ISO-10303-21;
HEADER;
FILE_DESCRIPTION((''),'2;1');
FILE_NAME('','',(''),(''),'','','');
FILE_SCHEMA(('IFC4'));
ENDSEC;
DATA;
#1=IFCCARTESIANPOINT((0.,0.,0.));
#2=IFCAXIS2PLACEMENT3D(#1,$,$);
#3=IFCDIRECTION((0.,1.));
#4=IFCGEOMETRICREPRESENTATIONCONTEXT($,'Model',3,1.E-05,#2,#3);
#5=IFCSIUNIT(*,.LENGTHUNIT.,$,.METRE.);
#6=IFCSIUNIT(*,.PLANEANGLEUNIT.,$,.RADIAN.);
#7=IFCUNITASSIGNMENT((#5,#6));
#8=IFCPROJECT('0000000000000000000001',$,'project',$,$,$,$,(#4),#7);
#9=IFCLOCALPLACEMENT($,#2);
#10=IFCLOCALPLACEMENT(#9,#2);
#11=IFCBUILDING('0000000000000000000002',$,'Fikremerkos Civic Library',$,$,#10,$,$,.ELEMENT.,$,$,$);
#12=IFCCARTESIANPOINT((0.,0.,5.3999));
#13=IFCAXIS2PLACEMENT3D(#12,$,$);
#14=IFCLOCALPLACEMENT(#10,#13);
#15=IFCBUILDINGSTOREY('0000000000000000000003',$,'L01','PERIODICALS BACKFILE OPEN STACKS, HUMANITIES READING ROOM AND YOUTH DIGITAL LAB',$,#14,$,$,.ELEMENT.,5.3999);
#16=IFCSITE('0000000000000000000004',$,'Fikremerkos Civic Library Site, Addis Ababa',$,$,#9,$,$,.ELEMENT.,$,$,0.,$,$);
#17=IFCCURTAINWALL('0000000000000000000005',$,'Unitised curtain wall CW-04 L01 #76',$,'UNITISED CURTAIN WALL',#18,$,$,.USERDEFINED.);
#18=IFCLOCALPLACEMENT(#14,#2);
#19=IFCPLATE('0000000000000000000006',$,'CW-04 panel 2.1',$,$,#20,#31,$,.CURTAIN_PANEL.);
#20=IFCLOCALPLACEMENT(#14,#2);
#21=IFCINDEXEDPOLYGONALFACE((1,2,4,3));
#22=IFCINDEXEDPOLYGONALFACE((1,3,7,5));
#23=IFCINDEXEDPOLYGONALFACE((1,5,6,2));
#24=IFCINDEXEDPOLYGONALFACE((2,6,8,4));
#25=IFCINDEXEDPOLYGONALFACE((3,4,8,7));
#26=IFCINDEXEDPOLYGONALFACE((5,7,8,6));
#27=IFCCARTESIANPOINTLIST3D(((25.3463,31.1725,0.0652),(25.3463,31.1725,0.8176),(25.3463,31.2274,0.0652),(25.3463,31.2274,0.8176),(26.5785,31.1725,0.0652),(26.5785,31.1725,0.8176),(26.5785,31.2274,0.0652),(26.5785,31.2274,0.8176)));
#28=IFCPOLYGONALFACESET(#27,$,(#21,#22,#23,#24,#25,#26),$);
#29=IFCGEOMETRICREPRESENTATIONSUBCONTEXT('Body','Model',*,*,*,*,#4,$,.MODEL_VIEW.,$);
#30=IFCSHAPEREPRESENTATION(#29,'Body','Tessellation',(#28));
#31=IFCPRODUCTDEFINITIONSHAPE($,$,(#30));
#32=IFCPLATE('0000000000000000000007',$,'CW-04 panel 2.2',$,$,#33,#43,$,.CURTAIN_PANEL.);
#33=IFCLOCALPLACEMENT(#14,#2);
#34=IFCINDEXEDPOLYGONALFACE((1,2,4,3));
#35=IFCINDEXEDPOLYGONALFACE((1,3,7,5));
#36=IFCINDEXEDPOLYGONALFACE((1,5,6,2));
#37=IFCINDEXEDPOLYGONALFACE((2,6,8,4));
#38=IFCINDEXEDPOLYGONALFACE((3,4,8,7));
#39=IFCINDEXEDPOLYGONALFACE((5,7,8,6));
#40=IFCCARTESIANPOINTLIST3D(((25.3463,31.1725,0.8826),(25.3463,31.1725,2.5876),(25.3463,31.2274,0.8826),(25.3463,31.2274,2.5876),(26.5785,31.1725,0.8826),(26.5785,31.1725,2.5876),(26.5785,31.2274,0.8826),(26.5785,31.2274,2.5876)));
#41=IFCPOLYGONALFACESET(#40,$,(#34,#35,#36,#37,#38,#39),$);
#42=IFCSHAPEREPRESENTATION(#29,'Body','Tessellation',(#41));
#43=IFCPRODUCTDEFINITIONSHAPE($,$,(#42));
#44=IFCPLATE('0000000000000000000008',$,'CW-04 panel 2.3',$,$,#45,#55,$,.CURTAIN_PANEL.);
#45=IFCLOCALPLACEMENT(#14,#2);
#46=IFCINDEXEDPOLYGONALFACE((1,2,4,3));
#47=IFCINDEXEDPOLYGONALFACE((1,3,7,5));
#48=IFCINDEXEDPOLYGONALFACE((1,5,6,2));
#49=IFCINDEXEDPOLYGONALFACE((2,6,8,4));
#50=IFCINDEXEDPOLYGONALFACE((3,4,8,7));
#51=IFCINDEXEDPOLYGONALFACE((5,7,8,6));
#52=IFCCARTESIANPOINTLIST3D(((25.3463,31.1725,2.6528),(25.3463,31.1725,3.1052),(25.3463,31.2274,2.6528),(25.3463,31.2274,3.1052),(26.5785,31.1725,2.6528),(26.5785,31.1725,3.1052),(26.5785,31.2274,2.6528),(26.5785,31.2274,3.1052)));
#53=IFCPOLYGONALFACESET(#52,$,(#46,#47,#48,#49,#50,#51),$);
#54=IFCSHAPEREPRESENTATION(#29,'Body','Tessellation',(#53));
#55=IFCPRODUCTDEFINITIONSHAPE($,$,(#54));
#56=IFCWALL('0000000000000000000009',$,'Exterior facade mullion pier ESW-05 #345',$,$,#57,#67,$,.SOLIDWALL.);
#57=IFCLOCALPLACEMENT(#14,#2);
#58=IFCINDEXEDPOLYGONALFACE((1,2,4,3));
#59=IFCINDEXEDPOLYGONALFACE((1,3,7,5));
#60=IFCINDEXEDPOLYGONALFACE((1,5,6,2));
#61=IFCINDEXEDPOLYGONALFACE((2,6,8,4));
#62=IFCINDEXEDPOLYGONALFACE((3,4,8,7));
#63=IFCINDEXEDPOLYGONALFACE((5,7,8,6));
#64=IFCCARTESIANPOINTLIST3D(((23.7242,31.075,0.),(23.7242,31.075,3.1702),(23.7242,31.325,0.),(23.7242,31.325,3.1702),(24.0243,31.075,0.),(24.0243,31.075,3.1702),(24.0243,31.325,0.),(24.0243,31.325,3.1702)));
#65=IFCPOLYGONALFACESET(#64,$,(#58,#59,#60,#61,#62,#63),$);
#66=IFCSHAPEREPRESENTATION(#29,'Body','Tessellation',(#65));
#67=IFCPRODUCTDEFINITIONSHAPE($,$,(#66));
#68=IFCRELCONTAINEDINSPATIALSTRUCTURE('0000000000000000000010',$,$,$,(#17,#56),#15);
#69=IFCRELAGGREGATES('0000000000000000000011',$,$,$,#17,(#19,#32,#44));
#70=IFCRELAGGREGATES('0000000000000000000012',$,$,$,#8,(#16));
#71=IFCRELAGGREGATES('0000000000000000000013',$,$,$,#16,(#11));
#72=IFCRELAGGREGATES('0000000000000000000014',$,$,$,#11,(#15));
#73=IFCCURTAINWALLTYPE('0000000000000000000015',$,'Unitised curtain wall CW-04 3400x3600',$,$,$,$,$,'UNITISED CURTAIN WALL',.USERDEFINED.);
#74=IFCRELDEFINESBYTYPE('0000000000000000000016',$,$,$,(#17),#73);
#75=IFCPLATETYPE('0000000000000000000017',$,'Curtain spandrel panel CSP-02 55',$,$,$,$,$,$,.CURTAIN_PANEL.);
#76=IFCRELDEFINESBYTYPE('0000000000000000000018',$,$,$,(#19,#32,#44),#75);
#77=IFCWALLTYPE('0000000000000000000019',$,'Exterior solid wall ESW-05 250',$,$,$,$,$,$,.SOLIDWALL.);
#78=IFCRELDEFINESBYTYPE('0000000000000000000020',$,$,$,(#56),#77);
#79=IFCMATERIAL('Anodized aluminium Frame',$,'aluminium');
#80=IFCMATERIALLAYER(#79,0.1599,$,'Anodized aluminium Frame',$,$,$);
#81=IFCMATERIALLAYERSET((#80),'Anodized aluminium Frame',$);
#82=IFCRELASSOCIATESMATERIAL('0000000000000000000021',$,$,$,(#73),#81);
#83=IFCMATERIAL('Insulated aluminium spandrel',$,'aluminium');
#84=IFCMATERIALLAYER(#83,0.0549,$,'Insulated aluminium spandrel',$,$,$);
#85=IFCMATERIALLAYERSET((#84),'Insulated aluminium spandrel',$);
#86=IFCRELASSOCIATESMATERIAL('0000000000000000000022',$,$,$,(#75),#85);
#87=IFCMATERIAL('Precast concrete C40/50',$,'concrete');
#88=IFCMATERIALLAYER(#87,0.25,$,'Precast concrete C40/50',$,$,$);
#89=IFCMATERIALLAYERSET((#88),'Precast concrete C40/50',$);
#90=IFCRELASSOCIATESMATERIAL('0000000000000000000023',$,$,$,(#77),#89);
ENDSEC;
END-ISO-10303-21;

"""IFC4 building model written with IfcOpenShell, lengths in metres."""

from ifc_helpers import new_model, si_unit, direction, frame, frame_2d, origin, origin_2d, place, context, subcontext, project, spatial, rectangle, extrude, material, layer, layer_set, type_object, element, aggregate, save


model = new_model("IFC4")

# Units and contexts
model_context = context("Model", 3, precision=1e-05, world=origin(), true_north=direction((0.0, 1.0)))
body_context = subcontext(model_context, "Body", "Model", "MODEL_VIEW")
ifc_project = project(units=[si_unit("LENGTHUNIT", "METRE"), si_unit("PLANEANGLEUNIT", "RADIAN")], contexts=[model_context])

# Site, building, storey
site_placement = place(None, origin())
site = spatial("IfcSite", under=ifc_project, at=site_placement, Name="Fikremerkos Civic Library Site, Addis Ababa", CompositionType="ELEMENT", RefElevation=0.0)
building_placement = place(site_placement, origin())
building = spatial("IfcBuilding", under=site, at=building_placement, Name="Fikremerkos Civic Library", CompositionType="ELEMENT")
storey_placement = place(building_placement, frame((0.0, 0.0, 5.3999)))
storey = spatial("IfcBuildingStorey", under=building, at=storey_placement, Name="L01", Description="PERIODICALS BACKFILE OPEN STACKS, HUMANITIES READING ROOM AND YOUTH DIGITAL LAB", CompositionType="ELEMENT", Elevation=5.3999)

# Curtain wall
ifc_material_1 = material(Name="Anodized aluminium Frame", Category="aluminium")
ifc_layer_1 = layer(ifc_material_1, 0.1599, Name="Anodized aluminium Frame")
ifc_layer_set_1 = layer_set([ifc_layer_1], Name="Anodized aluminium Frame")
curtain_wall_type_1 = type_object("IfcCurtainWallType", Name="Unitised curtain wall CW-04 3400x3600", ElementType="UNITISED CURTAIN WALL", PredefinedType="USERDEFINED", material=ifc_layer_set_1)
curtain_wall_1_placement = place(storey_placement, origin())
curtain_wall_1 = element("IfcCurtainWall", 1, at=curtain_wall_1_placement, inside=storey, type_object=curtain_wall_type_1, Name="Unitised curtain wall CW-04 L01 #76", ObjectType="UNITISED CURTAIN WALL", PredefinedType="USERDEFINED")

# Plates
ifc_material_2 = material(Name="Insulated aluminium spandrel", Category="aluminium")
ifc_layer_2 = layer(ifc_material_2, 0.0549, Name="Insulated aluminium spandrel")
ifc_layer_set_2 = layer_set([ifc_layer_2], Name="Insulated aluminium spandrel")
plate_type_1 = type_object("IfcPlateType", Name="Curtain spandrel panel CSP-02 55", PredefinedType="CURTAIN_PANEL", material=ifc_layer_set_2)
plate_1_placement = place(storey_placement, frame((25.9624, 31.2, 0.0652), z_axis=(0.0, 0.0, 1.0), x_axis=(1.0, 0.0, 0.0)))
plate_1 = element("IfcPlate", 2, at=plate_1_placement, type_object=plate_type_1, Name="CW-04 panel 2.1", PredefinedType="CURTAIN_PANEL", context=body_context, shape_type="SweptSolid", body=[
    extrude(rectangle(XDim=1.2322, YDim=0.0549, at=origin_2d()), origin(), (0.0, 0.0, 1.0), 0.7524),
])
plate_2_placement = place(storey_placement, frame((25.9624, 31.2, 0.8826), z_axis=(0.0, 0.0, 1.0), x_axis=(1.0, 0.0, 0.0)))
plate_2 = element("IfcPlate", 3, at=plate_2_placement, type_object=plate_type_1, Name="CW-04 panel 2.2", PredefinedType="CURTAIN_PANEL", context=body_context, shape_type="SweptSolid", body=[
    extrude(rectangle(XDim=1.2322, YDim=0.0549, at=origin_2d()), origin(), (0.0, 0.0, 1.0), 1.7051),
])
plate_3_placement = place(storey_placement, frame((25.9624, 31.2, 2.6528), z_axis=(0.0, 0.0, 1.0), x_axis=(1.0, 0.0, 0.0)))
plate_3 = element("IfcPlate", 4, at=plate_3_placement, type_object=plate_type_1, Name="CW-04 panel 2.3", PredefinedType="CURTAIN_PANEL", context=body_context, shape_type="SweptSolid", body=[
    extrude(rectangle(XDim=1.2322, YDim=0.0549, at=origin_2d()), origin(), (0.0, 0.0, 1.0), 0.4524),
])
aggregate(curtain_wall_1, [plate_1, plate_2, plate_3])

# Wall
ifc_material_3 = material(Name="Precast concrete C40/50", Category="concrete")
ifc_layer_3 = layer(ifc_material_3, 0.25, Name="Precast concrete C40/50")
ifc_layer_set_3 = layer_set([ifc_layer_3], Name="Precast concrete C40/50")
wall_type = type_object("IfcWallType", Name="Exterior solid wall ESW-05 250", PredefinedType="SOLIDWALL", material=ifc_layer_set_3)
wall_placement = place(storey_placement, frame((23.7244, 31.2, 0.0), z_axis=(0.0, 0.0, 1.0), x_axis=(1.0, 0.0, 0.0)))
element("IfcWall", 5, at=wall_placement, inside=storey, type_object=wall_type, Name="Exterior facade mullion pier ESW-05 #345", PredefinedType="SOLIDWALL", context=body_context, shape_type="SweptSolid", body=[
    extrude(rectangle(XDim=0.3, YDim=0.25, at=frame_2d((0.1499, 0.0))), origin(), (0.0, 0.0, 1.0), 3.1702),
])

save(model, "model.ifc")
